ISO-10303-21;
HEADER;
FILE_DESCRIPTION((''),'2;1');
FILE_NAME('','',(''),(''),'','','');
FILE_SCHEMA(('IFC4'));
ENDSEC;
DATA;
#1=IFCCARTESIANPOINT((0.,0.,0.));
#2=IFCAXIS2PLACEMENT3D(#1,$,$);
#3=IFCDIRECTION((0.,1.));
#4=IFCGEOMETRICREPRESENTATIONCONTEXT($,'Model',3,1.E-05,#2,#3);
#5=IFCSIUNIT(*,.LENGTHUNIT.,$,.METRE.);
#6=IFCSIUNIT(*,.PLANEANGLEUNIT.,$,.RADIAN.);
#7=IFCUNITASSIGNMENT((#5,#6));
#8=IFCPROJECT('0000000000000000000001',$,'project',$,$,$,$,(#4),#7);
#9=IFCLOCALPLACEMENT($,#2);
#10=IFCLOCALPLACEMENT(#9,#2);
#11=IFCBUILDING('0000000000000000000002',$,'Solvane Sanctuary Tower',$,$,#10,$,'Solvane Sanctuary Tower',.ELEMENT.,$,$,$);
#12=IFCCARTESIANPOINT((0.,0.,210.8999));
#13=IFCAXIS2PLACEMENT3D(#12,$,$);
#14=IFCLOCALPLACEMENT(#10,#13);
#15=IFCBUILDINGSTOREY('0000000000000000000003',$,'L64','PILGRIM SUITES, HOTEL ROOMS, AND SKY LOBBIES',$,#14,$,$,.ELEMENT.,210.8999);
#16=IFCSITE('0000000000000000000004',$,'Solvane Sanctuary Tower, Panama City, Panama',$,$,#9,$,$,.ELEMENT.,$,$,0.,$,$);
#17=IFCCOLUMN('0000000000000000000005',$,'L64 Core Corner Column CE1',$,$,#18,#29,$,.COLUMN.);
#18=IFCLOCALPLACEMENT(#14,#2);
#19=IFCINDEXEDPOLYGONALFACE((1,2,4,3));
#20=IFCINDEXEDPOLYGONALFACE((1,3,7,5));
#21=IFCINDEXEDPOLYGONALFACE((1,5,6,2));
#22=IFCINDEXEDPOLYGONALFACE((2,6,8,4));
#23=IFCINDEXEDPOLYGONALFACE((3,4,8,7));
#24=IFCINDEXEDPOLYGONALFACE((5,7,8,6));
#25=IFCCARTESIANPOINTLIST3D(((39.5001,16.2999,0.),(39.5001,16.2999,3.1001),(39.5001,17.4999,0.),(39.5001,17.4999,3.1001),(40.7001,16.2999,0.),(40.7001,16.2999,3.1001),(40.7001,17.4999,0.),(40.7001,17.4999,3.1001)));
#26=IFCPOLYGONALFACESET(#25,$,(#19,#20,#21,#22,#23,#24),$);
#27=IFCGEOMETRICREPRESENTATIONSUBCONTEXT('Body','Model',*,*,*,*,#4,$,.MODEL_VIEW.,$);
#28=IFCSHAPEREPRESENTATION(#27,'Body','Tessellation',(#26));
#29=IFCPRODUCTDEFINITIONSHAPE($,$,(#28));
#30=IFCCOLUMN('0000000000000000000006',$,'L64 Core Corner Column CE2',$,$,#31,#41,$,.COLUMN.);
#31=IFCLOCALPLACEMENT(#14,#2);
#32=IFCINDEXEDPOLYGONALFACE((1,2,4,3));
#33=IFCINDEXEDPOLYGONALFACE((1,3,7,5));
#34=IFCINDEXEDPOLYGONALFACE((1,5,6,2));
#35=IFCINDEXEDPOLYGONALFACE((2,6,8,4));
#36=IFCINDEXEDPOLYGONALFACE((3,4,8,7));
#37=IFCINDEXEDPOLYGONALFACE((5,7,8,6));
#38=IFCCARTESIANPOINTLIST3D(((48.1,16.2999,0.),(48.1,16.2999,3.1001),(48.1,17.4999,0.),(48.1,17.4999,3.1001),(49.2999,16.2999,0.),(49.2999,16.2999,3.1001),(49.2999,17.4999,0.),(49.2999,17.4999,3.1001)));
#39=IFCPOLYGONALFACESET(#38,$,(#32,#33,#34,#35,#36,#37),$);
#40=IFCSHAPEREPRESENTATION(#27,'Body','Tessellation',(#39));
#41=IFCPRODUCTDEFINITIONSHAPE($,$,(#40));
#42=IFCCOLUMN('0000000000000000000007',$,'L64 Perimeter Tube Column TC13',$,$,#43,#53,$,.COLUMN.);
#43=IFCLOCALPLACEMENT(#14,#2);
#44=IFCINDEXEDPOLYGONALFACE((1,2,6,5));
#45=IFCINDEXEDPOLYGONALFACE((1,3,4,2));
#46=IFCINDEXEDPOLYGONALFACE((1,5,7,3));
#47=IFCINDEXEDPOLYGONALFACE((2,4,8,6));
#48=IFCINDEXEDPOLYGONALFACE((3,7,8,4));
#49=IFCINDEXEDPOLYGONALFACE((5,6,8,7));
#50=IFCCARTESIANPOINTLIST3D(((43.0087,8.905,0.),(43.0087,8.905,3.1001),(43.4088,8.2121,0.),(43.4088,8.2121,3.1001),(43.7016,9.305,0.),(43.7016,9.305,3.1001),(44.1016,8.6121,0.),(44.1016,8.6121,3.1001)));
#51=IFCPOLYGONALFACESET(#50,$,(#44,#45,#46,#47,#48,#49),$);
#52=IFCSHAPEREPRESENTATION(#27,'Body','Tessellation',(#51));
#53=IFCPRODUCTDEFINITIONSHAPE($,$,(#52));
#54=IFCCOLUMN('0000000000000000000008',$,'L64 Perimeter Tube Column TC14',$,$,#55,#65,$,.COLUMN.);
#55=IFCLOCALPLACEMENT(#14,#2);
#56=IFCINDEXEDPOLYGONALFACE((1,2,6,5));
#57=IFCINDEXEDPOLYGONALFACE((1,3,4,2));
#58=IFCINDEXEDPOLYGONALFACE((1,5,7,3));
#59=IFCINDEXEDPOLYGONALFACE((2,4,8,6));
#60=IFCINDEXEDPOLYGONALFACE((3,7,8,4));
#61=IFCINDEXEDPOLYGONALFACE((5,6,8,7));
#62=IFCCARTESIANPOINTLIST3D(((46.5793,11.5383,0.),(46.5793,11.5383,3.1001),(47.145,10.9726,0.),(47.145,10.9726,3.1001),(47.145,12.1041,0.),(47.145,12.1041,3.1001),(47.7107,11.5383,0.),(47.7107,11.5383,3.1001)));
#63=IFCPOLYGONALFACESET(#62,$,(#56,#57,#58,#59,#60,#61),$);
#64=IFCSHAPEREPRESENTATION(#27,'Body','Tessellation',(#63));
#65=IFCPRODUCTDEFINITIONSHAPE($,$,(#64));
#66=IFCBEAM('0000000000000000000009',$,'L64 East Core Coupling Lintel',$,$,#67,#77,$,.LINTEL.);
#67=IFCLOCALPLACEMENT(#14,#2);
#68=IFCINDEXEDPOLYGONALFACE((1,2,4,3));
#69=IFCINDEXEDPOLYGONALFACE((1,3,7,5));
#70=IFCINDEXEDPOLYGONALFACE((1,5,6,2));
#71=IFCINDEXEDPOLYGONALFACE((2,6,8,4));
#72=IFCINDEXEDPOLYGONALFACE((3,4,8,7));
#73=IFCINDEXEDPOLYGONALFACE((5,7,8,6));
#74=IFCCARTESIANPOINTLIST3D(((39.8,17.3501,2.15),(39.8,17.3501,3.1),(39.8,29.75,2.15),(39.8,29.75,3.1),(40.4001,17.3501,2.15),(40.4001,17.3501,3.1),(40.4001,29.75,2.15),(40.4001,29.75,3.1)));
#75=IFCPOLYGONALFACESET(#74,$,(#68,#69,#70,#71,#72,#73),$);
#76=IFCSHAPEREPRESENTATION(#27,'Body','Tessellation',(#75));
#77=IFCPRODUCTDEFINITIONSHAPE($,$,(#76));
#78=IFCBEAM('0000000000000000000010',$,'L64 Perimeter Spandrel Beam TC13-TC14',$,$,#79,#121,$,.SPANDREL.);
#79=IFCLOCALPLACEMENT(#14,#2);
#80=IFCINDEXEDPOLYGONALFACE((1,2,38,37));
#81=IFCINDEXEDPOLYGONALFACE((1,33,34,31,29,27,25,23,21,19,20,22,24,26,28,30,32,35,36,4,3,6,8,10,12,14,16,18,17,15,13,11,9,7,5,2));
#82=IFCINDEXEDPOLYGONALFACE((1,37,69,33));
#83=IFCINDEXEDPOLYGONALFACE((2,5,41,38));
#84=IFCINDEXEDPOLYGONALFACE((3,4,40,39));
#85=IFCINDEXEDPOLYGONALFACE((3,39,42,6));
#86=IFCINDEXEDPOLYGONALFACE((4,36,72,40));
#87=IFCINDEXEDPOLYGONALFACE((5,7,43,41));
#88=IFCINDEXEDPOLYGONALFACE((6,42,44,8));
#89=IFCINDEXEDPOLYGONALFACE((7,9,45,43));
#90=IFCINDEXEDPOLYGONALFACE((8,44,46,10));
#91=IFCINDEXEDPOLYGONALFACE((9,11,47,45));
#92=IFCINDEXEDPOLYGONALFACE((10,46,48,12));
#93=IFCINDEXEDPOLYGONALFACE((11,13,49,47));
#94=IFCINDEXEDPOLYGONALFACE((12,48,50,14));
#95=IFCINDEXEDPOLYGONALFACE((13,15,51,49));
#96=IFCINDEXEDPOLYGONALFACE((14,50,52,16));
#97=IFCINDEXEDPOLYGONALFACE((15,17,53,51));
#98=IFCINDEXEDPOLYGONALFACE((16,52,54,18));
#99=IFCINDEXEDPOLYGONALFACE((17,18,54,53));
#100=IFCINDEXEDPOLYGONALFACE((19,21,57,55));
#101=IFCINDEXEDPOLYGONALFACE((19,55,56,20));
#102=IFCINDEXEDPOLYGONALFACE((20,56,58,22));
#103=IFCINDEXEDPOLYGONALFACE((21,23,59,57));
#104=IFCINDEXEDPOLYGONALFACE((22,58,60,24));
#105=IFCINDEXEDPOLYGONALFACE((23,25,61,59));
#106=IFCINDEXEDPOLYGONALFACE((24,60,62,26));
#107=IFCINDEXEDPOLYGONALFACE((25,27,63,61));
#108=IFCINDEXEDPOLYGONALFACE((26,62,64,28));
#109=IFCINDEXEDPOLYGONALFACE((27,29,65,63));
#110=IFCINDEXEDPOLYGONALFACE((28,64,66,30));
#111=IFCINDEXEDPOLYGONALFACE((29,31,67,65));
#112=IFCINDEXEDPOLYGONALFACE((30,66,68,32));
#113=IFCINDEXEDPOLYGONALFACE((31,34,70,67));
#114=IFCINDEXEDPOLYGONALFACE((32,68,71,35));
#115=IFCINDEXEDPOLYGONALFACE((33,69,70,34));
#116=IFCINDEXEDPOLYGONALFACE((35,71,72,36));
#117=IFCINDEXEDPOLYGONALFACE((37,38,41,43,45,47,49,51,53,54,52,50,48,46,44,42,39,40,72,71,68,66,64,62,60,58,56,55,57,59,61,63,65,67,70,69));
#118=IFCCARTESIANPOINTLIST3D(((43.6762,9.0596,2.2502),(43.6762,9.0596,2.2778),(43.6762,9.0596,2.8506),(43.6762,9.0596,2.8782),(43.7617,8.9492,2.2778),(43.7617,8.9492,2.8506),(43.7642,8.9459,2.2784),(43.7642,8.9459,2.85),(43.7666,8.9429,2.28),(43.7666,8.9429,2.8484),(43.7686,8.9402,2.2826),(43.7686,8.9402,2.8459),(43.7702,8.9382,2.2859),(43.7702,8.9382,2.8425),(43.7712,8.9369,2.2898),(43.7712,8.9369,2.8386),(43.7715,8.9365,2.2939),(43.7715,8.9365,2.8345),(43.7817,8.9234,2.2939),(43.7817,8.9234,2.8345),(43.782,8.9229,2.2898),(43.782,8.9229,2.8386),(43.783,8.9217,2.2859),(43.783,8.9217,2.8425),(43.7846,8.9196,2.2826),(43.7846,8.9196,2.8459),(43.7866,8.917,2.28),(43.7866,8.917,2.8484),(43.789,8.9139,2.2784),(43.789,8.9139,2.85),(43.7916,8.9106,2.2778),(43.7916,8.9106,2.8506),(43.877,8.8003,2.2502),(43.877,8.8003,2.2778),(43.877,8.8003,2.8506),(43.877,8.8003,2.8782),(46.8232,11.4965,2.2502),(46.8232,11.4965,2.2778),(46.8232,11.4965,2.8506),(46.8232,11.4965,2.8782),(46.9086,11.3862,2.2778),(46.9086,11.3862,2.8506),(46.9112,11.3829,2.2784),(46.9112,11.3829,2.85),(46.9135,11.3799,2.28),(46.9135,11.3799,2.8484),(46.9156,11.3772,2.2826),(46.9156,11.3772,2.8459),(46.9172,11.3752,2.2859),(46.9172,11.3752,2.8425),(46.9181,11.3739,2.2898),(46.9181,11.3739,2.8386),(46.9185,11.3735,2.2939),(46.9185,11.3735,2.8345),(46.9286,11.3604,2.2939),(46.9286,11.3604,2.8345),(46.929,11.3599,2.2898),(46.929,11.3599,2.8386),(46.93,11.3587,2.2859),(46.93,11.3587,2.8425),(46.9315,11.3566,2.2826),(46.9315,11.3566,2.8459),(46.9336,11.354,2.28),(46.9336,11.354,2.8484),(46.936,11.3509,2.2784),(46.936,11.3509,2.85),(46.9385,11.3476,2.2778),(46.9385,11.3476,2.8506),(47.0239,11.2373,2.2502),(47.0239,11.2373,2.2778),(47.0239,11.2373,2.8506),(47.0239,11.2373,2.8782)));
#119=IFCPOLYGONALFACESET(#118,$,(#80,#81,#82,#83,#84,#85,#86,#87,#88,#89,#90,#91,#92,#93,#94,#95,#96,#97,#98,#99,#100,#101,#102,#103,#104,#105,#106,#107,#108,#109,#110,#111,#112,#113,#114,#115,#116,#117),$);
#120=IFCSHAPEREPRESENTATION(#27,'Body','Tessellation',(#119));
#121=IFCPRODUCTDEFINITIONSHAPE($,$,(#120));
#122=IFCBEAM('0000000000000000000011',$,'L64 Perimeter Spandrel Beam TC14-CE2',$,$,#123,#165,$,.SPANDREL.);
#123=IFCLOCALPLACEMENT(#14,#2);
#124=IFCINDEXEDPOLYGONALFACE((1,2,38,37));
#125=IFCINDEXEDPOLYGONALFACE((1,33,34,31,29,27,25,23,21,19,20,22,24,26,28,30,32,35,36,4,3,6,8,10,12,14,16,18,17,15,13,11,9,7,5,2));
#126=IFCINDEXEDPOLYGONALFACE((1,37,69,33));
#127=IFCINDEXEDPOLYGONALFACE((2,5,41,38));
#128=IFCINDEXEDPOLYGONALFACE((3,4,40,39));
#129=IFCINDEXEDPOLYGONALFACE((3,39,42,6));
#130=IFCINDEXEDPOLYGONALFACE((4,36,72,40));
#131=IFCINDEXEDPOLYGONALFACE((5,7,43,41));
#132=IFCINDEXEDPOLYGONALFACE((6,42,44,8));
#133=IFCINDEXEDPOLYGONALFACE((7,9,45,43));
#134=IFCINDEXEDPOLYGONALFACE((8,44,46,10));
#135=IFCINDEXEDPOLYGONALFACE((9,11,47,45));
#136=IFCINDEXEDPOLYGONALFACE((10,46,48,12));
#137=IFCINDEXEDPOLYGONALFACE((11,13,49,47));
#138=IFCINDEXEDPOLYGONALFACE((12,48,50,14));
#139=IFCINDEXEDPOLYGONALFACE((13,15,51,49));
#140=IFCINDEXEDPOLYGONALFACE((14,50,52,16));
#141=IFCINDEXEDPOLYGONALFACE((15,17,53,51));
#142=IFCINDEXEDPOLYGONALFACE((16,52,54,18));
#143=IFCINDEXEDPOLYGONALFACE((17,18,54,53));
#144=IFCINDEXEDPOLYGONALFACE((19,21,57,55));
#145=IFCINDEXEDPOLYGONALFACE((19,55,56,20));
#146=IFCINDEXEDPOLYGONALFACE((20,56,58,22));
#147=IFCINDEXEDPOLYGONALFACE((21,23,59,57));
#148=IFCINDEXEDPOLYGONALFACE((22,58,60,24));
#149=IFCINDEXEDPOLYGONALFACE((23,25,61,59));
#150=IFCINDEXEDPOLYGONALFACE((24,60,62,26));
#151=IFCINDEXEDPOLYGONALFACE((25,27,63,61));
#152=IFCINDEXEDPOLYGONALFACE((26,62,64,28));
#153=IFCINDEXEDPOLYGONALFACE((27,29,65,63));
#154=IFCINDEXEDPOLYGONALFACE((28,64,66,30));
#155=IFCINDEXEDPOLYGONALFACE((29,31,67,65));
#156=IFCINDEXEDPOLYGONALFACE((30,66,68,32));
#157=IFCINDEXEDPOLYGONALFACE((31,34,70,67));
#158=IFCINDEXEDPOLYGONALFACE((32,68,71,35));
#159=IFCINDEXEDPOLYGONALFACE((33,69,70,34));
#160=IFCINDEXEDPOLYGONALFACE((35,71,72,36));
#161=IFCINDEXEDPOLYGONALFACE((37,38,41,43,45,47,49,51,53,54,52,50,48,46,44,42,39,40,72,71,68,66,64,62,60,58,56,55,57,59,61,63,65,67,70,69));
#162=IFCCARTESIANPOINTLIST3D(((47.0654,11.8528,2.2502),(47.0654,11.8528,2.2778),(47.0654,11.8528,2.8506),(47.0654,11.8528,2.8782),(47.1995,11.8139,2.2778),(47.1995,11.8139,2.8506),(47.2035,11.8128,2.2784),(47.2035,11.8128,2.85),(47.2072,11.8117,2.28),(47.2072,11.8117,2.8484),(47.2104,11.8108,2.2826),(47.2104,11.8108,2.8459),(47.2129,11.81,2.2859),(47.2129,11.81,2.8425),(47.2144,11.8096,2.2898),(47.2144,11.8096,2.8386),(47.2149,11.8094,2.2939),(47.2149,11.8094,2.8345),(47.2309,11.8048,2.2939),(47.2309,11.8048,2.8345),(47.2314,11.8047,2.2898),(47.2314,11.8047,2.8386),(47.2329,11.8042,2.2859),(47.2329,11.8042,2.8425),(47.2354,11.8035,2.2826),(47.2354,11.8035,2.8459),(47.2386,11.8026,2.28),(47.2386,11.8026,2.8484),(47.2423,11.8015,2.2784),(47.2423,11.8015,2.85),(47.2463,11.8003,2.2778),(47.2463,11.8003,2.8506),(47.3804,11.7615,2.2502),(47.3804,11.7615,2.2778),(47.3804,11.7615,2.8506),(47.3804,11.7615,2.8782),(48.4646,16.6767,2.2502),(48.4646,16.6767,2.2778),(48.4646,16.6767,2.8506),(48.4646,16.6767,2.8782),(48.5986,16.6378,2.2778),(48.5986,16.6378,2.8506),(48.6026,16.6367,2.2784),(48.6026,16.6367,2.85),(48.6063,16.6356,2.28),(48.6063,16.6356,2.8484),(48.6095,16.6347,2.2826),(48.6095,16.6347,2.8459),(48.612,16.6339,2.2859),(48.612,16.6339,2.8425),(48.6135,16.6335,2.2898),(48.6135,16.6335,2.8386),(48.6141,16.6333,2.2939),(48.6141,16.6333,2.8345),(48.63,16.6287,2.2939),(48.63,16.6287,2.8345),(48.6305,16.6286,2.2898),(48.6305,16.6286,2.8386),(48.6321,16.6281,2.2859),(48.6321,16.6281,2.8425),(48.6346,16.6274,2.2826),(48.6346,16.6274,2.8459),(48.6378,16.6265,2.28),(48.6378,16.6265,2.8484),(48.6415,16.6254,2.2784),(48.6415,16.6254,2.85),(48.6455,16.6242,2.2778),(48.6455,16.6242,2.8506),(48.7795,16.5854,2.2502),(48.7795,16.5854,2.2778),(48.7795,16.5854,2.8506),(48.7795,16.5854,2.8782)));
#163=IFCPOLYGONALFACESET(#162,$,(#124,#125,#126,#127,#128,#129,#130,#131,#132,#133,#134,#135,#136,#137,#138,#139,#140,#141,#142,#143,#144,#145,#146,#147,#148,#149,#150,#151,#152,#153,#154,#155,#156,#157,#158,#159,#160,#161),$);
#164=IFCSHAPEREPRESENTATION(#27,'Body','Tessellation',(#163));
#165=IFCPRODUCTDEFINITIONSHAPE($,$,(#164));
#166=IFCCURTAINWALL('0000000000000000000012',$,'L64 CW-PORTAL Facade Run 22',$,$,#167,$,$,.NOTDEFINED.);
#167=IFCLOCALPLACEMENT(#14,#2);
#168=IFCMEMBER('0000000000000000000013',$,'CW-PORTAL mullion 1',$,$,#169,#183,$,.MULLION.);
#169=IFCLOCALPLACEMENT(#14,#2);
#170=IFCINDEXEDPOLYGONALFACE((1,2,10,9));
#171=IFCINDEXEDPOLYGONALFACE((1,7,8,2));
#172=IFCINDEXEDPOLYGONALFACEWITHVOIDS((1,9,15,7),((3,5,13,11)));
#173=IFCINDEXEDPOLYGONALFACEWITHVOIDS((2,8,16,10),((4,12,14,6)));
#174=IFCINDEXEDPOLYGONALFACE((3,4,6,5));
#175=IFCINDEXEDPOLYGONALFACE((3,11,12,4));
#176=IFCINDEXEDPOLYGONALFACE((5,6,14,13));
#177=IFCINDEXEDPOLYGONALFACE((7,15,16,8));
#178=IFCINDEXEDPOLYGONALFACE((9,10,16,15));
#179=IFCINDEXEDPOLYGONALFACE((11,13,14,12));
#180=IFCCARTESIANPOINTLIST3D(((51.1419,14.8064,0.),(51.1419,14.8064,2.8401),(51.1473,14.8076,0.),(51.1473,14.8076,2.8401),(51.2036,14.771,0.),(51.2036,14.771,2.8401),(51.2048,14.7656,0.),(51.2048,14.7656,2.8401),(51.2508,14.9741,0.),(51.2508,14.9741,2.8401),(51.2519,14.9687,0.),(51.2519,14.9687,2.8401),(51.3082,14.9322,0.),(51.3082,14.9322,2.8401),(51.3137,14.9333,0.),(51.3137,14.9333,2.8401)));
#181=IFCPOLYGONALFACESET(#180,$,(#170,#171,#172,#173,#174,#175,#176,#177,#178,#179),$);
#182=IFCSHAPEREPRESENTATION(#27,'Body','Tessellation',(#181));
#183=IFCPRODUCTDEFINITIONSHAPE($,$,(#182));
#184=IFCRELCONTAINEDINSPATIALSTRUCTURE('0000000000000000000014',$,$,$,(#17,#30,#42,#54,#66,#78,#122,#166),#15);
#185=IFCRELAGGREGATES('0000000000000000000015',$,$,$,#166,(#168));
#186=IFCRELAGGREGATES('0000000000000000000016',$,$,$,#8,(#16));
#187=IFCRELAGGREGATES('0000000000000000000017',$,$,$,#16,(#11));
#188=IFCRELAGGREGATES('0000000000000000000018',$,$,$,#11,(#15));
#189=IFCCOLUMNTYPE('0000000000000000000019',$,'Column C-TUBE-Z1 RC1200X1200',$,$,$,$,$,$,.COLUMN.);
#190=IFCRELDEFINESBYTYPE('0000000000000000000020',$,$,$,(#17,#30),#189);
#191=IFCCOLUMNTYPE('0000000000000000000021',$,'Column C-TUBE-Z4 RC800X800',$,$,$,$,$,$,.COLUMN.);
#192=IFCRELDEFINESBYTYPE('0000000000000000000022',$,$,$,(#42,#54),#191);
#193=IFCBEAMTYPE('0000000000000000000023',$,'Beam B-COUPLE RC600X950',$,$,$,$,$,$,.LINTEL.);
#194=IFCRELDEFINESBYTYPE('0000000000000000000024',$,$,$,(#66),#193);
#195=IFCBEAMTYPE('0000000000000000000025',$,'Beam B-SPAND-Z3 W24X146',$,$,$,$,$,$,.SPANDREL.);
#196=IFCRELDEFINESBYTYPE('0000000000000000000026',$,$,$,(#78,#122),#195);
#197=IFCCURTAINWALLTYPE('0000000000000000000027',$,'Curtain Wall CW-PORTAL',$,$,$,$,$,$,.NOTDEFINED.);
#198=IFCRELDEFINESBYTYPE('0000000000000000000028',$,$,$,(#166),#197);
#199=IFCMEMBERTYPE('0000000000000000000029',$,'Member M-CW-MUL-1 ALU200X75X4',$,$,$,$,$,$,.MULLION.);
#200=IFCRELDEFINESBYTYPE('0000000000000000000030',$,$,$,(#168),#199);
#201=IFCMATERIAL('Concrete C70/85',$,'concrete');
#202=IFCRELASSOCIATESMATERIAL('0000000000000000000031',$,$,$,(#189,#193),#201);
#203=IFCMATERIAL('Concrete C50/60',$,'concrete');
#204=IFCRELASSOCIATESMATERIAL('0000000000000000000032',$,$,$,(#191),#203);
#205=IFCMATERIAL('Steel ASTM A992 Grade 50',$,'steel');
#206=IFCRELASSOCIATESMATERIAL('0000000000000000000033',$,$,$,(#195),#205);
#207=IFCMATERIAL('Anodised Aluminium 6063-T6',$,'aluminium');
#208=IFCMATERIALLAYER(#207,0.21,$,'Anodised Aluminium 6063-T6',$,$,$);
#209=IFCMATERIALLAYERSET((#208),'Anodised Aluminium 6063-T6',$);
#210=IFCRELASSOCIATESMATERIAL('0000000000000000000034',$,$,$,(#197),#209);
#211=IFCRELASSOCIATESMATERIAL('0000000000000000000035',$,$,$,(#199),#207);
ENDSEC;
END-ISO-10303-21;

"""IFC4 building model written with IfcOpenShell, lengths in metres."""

from ifc_helpers import new_model, si_unit, direction, frame, origin, origin_2d, place, context, subcontext, project, spatial, rectangle, hollow_rectangle, i_section, extrude, material, layer, layer_set, material_profile, profile_set, type_object, element, aggregate, save


model = new_model("IFC4")

# Units and contexts
model_context = context("Model", 3, precision=1e-05, world=origin(), true_north=direction((0.0, 1.0)))
body_context = subcontext(model_context, "Body", "Model", "MODEL_VIEW")
ifc_project = project(units=[si_unit("LENGTHUNIT", "METRE"), si_unit("PLANEANGLEUNIT", "RADIAN")], contexts=[model_context])

# Site, building, storey
site_placement = place(None, origin())
site = spatial("IfcSite", under=ifc_project, at=site_placement, Name="Solvane Sanctuary Tower, Panama City, Panama", CompositionType="ELEMENT", RefElevation=0.0)
building_placement = place(site_placement, origin())
building = spatial("IfcBuilding", under=site, at=building_placement, Name="Solvane Sanctuary Tower", LongName="Solvane Sanctuary Tower", CompositionType="ELEMENT")
storey_placement = place(building_placement, frame((0.0, 0.0, 210.8999)))
storey = spatial("IfcBuildingStorey", under=building, at=storey_placement, Name="L64", Description="PILGRIM SUITES, HOTEL ROOMS, AND SKY LOBBIES", CompositionType="ELEMENT", Elevation=210.8999)

# Columns
ifc_material_1 = material(Name="Concrete C70/85", Category="concrete")
ifc_material_profile_1 = material_profile(ifc_material_1, rectangle(XDim=1.2, YDim=1.2, at=origin_2d()), Name="RC1200X1200")
ifc_profile_set_1 = profile_set([ifc_material_profile_1], Name="Concrete C70/85")
column_type_1 = type_object("IfcColumnType", Name="Column C-TUBE-Z1 RC1200X1200", PredefinedType="COLUMN", material=ifc_profile_set_1)
for number, where, z_axis, x_axis, name in (
    (1, (40.1001, 16.8999, 0.0), (0.0, 0.0, 1.0), (1.0, 0.0, 0.0), "L64 Core Corner Column CE1"),
    (2, (48.7, 16.8999, 0.0), (0.0, 0.0, 1.0), (1.0, 0.0, 0.0), "L64 Core Corner Column CE2"),
):
    element("IfcColumn", number, at=place(storey_placement, frame(where, z_axis=z_axis, x_axis=x_axis)), inside=storey, type_object=column_type_1, Name=name, PredefinedType="COLUMN", context=body_context, shape_type="SweptSolid", body=[
        extrude(rectangle(XDim=1.2, YDim=1.2, at=origin_2d()), origin(), (0.0, 0.0, 1.0), 3.1001),
    ])
ifc_material_2 = material(Name="Concrete C50/60", Category="concrete")
ifc_material_profile_2 = material_profile(ifc_material_2, rectangle(XDim=0.8, YDim=0.8, at=origin_2d()), Name="RC800X800")
ifc_profile_set_2 = profile_set([ifc_material_profile_2], Name="Concrete C50/60")
column_type_2 = type_object("IfcColumnType", Name="Column C-TUBE-Z4 RC800X800", PredefinedType="COLUMN", material=ifc_profile_set_2)
for number, where, z_axis, x_axis, name in (
    (3, (43.5552, 8.7585, 0.0), (0.0, 0.0, 1.0), (0.5, -0.866025, 0.0), "L64 Perimeter Tube Column TC13"),
    (4, (47.145, 11.5383, 0.0), (0.0, 0.0, 1.0), (0.707107, -0.707107, 0.0), "L64 Perimeter Tube Column TC14"),
):
    element("IfcColumn", number, at=place(storey_placement, frame(where, z_axis=z_axis, x_axis=x_axis)), inside=storey, type_object=column_type_2, Name=name, PredefinedType="COLUMN", context=body_context, shape_type="SweptSolid", body=[
        extrude(rectangle(XDim=0.8, YDim=0.8, at=origin_2d()), origin(), (0.0, 0.0, 1.0), 3.1001),
    ])

# Beams
ifc_material_profile_3 = material_profile(ifc_material_1, rectangle(XDim=0.6001, YDim=0.95, at=origin_2d()), Name="RC600X950")
ifc_profile_set_3 = profile_set([ifc_material_profile_3], Name="Concrete C70/85")
beam_type_1 = type_object("IfcBeamType", Name="Beam B-COUPLE RC600X950", PredefinedType="LINTEL", material=ifc_profile_set_3)
beam_1_placement = place(storey_placement, frame((40.1001, 17.3501, 2.625), z_axis=(0.0, 1.0, 0.0), x_axis=(-1.0, 0.0, 0.0)))
element("IfcBeam", 5, at=beam_1_placement, inside=storey, type_object=beam_type_1, Name="L64 East Core Coupling Lintel", PredefinedType="LINTEL", context=body_context, shape_type="SweptSolid", body=[
    extrude(rectangle(XDim=0.6001, YDim=0.95, at=origin_2d()), origin(), (0.0, 0.0, 1.0), 12.3999),
])
ifc_material_3 = material(Name="Steel ASTM A992 Grade 50", Category="steel")
ifc_material_profile_4 = material_profile(ifc_material_3, i_section(OverallWidth=0.3279, OverallDepth=0.6279, WebThickness=0.0166, FlangeThickness=0.0276, FilletRadius=0.0161, at=origin_2d()), Name="W24X146")
ifc_profile_set_4 = profile_set([ifc_material_profile_4], Name="Steel ASTM A992 Grade 50")
beam_type_2 = type_object("IfcBeamType", Name="Beam B-SPAND-Z3 W24X146", PredefinedType="SPANDREL", material=ifc_profile_set_4)
beam_2_placement = place(storey_placement, frame((43.7766, 8.9299, 2.5642), z_axis=(0.790645, 0.612275, 0.0), x_axis=(-0.612275, 0.790645, 0.0)))
element("IfcBeam", 6, at=beam_2_placement, inside=storey, type_object=beam_type_2, Name="L64 Perimeter Spandrel Beam TC13-TC14", PredefinedType="SPANDREL", context=body_context, shape_type="SweptSolid", body=[
    extrude(i_section(OverallWidth=0.3279, OverallDepth=0.6279, WebThickness=0.0166, FlangeThickness=0.0276, FilletRadius=0.0161, at=origin_2d()), origin(), (0.0, 0.0, 1.0), 3.9802),
])
beam_3_placement = place(storey_placement, frame((47.2229, 11.8071, 2.5642), z_axis=(0.278564, 0.960418, 0.0), x_axis=(-0.960418, 0.278564, 0.0)))
element("IfcBeam", 7, at=beam_3_placement, inside=storey, type_object=beam_type_2, Name="L64 Perimeter Spandrel Beam TC14-CE2", PredefinedType="SPANDREL", context=body_context, shape_type="SweptSolid", body=[
    extrude(i_section(OverallWidth=0.3279, OverallDepth=0.6279, WebThickness=0.0166, FlangeThickness=0.0276, FilletRadius=0.0161, at=origin_2d()), origin(), (0.0, 0.0, 1.0), 5.0227),
])

# Curtain wall, member
ifc_material_4 = material(Name="Anodised Aluminium 6063-T6", Category="aluminium")
ifc_layer_1 = layer(ifc_material_4, 0.21, Name="Anodised Aluminium 6063-T6")
ifc_layer_set_1 = layer_set([ifc_layer_1], Name="Anodised Aluminium 6063-T6")
curtain_wall_type = type_object("IfcCurtainWallType", Name="Curtain Wall CW-PORTAL", PredefinedType="NOTDEFINED", material=ifc_layer_set_1)
curtain_wall_placement = place(storey_placement, origin())
curtain_wall = element("IfcCurtainWall", 8, at=curtain_wall_placement, inside=storey, type_object=curtain_wall_type, Name="L64 CW-PORTAL Facade Run 22", PredefinedType="NOTDEFINED")
ifc_material_profile_5 = material_profile(ifc_material_4, hollow_rectangle(XDim=0.075, YDim=0.2, WallThickness=0.0039, at=origin_2d()), Name="ALU200X75X4")
ifc_profile_set_5 = profile_set([ifc_material_profile_5], Name="Anodised Aluminium 6063-T6")
member_type_1 = type_object("IfcMemberType", Name="Member M-CW-MUL-1 ALU200X75X4", PredefinedType="MULLION", material=ifc_profile_set_5)
member_1_placement = place(storey_placement, frame((51.2278, 14.8699, 0.0), z_axis=(0.0, 0.0, 1.0), x_axis=(-0.838778, 0.544474, 0.0)))
member_1 = element("IfcMember", 9, at=member_1_placement, type_object=member_type_1, Name="CW-PORTAL mullion 1", PredefinedType="MULLION", context=body_context, shape_type="SweptSolid", body=[
    extrude(hollow_rectangle(XDim=0.075, YDim=0.2, WallThickness=0.0039, at=origin_2d()), origin(), (0.0, 0.0, 1.0), 2.8401),
])

aggregate(curtain_wall, [member_1])

save(model, "model.ifc")
